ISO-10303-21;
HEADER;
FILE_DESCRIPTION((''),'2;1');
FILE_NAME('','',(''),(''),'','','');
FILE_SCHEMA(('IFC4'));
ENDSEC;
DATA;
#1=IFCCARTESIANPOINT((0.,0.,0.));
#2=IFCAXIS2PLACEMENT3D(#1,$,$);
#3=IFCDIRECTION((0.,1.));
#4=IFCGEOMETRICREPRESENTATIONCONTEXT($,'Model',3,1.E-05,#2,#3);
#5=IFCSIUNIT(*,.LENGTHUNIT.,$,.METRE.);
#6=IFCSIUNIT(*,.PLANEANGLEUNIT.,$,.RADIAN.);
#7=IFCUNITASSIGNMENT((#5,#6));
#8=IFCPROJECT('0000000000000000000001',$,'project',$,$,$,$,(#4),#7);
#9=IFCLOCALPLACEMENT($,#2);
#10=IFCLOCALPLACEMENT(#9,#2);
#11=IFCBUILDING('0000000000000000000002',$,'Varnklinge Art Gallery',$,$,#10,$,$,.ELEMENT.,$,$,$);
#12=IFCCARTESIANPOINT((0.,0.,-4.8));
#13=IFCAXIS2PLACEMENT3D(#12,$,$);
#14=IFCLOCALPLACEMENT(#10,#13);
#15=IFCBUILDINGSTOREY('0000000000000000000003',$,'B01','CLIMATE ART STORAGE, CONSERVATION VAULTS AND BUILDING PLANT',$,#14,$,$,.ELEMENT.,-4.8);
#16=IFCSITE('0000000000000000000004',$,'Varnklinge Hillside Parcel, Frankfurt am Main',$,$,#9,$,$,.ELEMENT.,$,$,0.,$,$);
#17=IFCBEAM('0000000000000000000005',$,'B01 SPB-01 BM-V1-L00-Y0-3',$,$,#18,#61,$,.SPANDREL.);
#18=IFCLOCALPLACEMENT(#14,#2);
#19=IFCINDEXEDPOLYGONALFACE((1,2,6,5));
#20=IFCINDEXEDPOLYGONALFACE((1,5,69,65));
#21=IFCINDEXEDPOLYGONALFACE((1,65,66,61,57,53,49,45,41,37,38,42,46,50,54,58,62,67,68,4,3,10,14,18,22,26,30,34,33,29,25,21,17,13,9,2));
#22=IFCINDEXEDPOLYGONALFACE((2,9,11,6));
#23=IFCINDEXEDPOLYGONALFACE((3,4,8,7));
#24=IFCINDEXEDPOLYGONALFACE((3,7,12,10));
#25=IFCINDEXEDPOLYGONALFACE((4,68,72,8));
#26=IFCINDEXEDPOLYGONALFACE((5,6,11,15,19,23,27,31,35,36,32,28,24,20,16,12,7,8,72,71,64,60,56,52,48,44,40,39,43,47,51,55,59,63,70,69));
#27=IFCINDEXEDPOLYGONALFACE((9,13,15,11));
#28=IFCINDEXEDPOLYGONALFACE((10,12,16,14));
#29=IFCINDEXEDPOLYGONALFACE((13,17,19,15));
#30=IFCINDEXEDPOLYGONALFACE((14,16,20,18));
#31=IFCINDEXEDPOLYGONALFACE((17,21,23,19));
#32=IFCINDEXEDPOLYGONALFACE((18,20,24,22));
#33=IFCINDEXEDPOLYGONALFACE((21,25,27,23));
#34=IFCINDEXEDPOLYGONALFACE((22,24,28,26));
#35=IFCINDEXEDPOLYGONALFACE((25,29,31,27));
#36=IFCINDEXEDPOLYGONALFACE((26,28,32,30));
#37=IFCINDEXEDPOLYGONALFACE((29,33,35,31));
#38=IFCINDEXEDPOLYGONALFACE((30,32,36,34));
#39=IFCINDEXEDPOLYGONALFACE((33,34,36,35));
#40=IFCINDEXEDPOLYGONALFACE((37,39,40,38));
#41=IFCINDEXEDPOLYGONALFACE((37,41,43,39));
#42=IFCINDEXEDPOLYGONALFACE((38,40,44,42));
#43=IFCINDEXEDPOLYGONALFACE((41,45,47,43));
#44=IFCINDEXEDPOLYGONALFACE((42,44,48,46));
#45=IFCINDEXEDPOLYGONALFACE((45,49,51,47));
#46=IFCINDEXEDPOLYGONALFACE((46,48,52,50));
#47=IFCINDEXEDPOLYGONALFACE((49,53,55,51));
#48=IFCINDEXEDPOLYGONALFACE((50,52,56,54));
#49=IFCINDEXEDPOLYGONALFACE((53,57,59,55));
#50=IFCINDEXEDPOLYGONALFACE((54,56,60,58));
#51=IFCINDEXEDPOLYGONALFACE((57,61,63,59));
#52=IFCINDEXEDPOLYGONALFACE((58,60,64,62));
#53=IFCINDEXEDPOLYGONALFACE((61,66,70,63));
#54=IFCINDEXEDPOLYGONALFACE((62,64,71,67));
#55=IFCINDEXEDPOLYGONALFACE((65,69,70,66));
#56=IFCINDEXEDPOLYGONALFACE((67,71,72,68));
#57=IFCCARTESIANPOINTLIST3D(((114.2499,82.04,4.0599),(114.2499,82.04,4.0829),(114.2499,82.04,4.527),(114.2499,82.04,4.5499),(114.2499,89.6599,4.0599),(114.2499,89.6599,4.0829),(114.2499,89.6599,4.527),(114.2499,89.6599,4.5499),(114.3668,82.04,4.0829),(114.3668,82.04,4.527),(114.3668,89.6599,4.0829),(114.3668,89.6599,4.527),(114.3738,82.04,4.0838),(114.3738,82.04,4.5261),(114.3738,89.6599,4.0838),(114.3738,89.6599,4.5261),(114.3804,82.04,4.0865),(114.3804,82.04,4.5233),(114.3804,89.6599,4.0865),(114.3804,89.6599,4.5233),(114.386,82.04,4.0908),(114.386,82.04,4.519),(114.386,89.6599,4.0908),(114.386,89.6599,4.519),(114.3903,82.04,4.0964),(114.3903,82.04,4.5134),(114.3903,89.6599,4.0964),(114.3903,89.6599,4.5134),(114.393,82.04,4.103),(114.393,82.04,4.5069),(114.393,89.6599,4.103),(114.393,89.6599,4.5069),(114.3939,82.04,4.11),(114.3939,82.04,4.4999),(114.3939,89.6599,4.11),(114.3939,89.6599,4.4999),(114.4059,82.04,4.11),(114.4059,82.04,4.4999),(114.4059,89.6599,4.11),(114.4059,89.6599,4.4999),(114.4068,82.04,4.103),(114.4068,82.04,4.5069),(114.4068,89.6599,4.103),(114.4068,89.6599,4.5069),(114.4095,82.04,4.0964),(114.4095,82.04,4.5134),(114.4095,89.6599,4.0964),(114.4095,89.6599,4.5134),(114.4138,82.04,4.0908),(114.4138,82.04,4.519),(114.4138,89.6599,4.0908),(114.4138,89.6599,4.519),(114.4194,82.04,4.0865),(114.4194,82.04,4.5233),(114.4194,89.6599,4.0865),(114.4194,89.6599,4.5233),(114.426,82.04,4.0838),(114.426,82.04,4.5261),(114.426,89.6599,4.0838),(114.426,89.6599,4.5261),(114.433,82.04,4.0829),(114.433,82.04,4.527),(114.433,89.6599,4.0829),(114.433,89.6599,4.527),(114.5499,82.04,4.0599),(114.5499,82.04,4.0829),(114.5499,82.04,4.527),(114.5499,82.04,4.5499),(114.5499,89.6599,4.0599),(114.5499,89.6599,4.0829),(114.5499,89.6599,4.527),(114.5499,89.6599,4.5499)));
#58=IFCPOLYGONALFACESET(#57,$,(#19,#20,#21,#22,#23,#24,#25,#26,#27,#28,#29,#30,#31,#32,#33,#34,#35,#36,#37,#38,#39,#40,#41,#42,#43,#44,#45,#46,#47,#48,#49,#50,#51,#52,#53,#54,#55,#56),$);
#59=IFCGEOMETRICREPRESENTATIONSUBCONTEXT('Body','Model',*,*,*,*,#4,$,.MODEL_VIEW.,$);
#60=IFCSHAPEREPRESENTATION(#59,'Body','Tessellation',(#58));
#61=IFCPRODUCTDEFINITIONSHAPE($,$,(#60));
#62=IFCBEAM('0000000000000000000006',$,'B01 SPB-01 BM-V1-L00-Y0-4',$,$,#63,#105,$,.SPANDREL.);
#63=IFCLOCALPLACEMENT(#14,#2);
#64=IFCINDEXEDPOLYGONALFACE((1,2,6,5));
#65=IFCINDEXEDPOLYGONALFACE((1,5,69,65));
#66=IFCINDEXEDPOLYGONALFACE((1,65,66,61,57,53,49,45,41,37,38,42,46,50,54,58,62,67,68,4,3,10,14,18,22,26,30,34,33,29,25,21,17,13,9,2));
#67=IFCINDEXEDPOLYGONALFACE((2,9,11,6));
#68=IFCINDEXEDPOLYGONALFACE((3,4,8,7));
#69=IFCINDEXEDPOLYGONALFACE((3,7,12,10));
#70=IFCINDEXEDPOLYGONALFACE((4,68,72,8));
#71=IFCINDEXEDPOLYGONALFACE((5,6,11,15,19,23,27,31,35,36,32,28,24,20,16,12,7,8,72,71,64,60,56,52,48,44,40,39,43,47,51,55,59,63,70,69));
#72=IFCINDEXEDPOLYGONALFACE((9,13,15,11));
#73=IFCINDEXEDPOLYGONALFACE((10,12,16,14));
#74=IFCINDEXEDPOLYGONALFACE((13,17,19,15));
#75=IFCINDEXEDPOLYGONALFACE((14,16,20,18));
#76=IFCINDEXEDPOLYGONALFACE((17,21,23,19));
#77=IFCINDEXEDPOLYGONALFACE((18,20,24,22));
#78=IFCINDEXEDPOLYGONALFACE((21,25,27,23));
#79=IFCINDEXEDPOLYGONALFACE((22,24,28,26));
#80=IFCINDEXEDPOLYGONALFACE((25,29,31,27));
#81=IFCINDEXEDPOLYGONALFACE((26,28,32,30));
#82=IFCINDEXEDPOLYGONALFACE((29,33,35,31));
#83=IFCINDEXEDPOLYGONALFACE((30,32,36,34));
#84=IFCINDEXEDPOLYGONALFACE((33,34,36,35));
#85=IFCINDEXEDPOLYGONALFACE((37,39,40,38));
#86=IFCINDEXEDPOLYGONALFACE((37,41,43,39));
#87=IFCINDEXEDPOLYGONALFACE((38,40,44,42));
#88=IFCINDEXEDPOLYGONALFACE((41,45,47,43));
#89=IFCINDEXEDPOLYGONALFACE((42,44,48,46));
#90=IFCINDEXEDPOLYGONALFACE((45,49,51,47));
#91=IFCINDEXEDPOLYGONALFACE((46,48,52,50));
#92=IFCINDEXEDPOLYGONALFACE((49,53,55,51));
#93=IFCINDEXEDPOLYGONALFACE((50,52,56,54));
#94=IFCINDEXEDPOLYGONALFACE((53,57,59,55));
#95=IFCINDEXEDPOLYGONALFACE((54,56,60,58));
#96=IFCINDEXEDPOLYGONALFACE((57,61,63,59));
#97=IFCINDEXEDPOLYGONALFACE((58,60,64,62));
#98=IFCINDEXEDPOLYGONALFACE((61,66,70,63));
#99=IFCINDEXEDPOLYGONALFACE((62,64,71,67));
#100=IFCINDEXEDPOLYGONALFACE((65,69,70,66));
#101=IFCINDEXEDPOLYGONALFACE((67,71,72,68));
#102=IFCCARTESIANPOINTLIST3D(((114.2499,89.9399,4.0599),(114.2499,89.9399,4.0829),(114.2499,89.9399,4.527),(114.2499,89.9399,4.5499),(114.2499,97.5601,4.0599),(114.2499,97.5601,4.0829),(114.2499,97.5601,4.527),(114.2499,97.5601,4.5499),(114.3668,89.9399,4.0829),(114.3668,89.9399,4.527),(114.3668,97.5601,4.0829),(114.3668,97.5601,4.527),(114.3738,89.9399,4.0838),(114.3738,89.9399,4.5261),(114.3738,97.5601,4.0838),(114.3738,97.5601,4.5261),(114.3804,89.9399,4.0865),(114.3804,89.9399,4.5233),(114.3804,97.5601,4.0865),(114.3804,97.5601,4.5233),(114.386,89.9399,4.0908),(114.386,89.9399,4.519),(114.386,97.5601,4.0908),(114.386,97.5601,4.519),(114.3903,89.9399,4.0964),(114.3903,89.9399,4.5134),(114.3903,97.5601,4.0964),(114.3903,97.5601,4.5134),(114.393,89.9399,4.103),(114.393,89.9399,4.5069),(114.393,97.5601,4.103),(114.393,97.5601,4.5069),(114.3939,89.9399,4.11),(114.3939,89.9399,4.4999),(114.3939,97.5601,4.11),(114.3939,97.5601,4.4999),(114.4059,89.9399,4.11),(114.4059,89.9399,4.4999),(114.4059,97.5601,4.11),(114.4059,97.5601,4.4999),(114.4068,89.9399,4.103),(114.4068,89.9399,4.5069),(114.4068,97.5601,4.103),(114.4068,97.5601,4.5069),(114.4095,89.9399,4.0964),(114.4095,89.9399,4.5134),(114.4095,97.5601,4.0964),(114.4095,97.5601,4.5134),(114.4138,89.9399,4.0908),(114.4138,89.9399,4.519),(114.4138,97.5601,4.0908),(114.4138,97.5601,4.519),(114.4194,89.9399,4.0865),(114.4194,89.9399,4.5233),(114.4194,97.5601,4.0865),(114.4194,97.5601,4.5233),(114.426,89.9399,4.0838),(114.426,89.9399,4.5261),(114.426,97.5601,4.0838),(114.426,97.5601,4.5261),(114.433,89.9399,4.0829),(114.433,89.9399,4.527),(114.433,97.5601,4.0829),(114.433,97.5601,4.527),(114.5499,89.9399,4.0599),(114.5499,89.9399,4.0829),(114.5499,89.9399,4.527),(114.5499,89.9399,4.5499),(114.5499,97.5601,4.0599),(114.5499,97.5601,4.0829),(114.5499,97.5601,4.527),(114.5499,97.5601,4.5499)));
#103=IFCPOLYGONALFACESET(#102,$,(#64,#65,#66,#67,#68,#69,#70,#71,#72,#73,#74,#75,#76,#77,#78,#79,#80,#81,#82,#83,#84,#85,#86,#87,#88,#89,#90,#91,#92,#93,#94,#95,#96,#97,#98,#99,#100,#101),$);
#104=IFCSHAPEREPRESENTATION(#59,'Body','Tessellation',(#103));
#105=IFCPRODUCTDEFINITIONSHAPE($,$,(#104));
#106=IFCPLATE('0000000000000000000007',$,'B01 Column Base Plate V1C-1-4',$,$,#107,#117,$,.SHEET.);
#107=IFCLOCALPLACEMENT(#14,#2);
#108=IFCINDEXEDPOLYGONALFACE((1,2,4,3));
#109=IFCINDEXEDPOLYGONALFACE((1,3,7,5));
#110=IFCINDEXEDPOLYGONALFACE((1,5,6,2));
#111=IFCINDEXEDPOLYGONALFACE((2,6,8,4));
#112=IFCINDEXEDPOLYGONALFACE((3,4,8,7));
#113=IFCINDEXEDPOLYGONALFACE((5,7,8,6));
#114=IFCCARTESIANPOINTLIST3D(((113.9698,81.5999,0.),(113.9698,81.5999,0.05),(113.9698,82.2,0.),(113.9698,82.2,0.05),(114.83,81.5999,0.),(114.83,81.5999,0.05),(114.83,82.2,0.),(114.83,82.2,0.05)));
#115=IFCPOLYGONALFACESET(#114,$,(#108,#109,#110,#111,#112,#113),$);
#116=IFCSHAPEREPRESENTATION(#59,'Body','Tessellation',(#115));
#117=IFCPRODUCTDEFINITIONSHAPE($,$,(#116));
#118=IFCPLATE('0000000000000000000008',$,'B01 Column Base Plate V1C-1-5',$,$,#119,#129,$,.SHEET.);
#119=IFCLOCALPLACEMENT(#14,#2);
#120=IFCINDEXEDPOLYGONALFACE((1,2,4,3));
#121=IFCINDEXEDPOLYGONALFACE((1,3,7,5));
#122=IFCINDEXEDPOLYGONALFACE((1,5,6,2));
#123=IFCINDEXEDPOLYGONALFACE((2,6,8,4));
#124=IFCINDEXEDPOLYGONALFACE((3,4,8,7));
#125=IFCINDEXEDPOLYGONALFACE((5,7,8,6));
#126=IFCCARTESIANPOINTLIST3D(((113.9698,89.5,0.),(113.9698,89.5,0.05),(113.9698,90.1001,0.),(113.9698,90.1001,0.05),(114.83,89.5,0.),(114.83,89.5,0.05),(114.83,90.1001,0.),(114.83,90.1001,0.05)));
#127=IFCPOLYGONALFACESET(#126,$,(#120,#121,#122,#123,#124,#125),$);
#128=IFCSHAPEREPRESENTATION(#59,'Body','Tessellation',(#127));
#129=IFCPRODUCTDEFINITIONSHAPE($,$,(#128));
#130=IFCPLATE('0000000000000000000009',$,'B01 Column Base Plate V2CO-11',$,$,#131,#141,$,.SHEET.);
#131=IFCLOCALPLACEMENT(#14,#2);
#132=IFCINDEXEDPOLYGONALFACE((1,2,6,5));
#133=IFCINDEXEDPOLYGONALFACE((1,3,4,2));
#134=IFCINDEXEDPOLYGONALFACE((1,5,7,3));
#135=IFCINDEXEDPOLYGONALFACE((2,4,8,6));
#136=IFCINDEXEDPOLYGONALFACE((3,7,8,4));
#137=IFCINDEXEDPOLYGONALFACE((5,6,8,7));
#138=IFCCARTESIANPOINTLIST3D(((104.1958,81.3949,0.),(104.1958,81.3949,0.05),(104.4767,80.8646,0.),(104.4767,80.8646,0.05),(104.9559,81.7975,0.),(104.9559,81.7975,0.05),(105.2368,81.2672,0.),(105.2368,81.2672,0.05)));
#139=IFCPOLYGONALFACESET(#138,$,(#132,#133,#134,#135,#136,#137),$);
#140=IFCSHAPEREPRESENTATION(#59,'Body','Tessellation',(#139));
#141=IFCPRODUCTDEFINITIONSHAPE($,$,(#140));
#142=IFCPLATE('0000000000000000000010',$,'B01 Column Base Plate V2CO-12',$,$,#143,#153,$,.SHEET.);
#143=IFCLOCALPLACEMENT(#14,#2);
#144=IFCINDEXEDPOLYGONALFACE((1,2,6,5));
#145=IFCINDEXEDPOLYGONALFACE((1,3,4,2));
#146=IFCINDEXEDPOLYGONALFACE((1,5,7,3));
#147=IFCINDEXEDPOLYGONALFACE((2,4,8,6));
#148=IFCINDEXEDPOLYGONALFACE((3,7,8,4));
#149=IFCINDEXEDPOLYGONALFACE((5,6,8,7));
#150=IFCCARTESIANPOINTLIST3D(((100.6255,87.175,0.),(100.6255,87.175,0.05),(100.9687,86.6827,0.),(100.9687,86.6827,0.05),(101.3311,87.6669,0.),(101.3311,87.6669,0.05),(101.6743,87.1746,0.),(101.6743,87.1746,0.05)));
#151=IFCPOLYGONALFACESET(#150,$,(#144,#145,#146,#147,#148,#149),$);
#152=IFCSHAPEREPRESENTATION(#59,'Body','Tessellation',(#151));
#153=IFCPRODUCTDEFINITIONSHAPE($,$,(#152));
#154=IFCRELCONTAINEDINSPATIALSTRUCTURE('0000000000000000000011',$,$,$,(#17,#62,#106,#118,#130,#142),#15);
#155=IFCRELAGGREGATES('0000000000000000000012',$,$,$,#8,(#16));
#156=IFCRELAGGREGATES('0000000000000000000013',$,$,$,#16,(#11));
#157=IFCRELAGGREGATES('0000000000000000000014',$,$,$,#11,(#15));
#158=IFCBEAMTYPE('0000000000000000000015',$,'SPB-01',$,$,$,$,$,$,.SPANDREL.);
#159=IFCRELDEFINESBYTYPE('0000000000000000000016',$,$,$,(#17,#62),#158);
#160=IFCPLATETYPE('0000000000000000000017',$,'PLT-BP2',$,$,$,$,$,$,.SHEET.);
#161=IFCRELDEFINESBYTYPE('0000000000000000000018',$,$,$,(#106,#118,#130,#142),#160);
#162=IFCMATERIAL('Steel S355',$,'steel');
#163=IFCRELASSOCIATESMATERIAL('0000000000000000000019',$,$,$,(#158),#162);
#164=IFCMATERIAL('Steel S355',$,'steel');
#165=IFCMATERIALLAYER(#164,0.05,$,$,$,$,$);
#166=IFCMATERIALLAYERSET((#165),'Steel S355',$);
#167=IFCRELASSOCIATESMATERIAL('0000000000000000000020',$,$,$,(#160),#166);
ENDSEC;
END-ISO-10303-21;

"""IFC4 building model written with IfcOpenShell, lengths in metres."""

from ifc_helpers import new_model, si_unit, direction, frame, origin, origin_2d, place, context, subcontext, project, spatial, rectangle, i_section, extrude, material, layer, layer_set, material_profile, profile_set, type_object, element, save


model = new_model("IFC4")

# Units and contexts
model_context = context("Model", 3, precision=1e-05, world=origin(), true_north=direction((0.0, 1.0)))
body_context = subcontext(model_context, "Body", "Model", "MODEL_VIEW")
ifc_project = project(units=[si_unit("LENGTHUNIT", "METRE"), si_unit("PLANEANGLEUNIT", "RADIAN")], contexts=[model_context])

# Site, building, storey
site_placement = place(None, origin())
site = spatial("IfcSite", under=ifc_project, at=site_placement, Name="Varnklinge Hillside Parcel, Frankfurt am Main", CompositionType="ELEMENT", RefElevation=0.0)
building_placement = place(site_placement, origin())
building = spatial("IfcBuilding", under=site, at=building_placement, Name="Varnklinge Art Gallery", CompositionType="ELEMENT")
storey_placement = place(building_placement, frame((0.0, 0.0, -4.8)))
storey = spatial("IfcBuildingStorey", under=building, at=storey_placement, Name="B01", Description="CLIMATE ART STORAGE, CONSERVATION VAULTS AND BUILDING PLANT", CompositionType="ELEMENT", Elevation=-4.8)

# Beams
ifc_material_1 = material(Name="Steel S355", Category="steel")
ifc_material_profile_1 = material_profile(ifc_material_1, i_section(OverallWidth=0.3, OverallDepth=0.49, WebThickness=0.012, FlangeThickness=0.0229, FilletRadius=0.0271, at=origin_2d()), Name="HEA 500")
ifc_profile_set_1 = profile_set([ifc_material_profile_1], Name="Steel S355")
beam_type_1 = type_object("IfcBeamType", Name="SPB-01", PredefinedType="SPANDREL", material=ifc_profile_set_1)
beam_1_placement = place(storey_placement, frame((114.3999, 82.04, 4.3049), z_axis=(0.0, 1.0, 0.0), x_axis=(-1.0, 0.0, 0.0)))
element("IfcBeam", 1, at=beam_1_placement, inside=storey, type_object=beam_type_1, Name="B01 SPB-01 BM-V1-L00-Y0-3", PredefinedType="SPANDREL", context=body_context, shape_type="SweptSolid", body=[
    extrude(i_section(OverallWidth=0.3, OverallDepth=0.49, WebThickness=0.012, FlangeThickness=0.0229, FilletRadius=0.0271, at=origin_2d()), origin(), (0.0, 0.0, 1.0), 7.6199),
])
beam_2_placement = place(storey_placement, frame((114.3999, 89.9399, 4.3049), z_axis=(0.0, 1.0, 0.0), x_axis=(-1.0, 0.0, 0.0)))
element("IfcBeam", 2, at=beam_2_placement, inside=storey, type_object=beam_type_1, Name="B01 SPB-01 BM-V1-L00-Y0-4", PredefinedType="SPANDREL", context=body_context, shape_type="SweptSolid", body=[
    extrude(i_section(OverallWidth=0.3, OverallDepth=0.49, WebThickness=0.012, FlangeThickness=0.0229, FilletRadius=0.0271, at=origin_2d()), origin(), (0.0, 0.0, 1.0), 7.6201),
])

# Plates
ifc_material_2 = material(Name="Steel S355", Category="steel")
ifc_layer = layer(ifc_material_2, 0.05)
ifc_layer_set = layer_set([ifc_layer], Name="Steel S355")
plate_type = type_object("IfcPlateType", Name="PLT-BP2", PredefinedType="SHEET", material=ifc_layer_set)
for number, where, z_axis, x_axis, name in (
    (3, (114.3999, 81.8999, 0.0), (0.0, 0.0, 1.0), (1.0, 0.0, 0.0), "B01 Column Base Plate V1C-1-4"),
    (4, (114.3999, 89.8, 0.0), (0.0, 0.0, 1.0), (1.0, 0.0, 0.0), "B01 Column Base Plate V1C-1-5"),
    (5, (104.7163, 81.3311, 0.0), (0.0, 0.0, 1.0), (-0.883684, -0.468084, 0.0), "B01 Column Base Plate V2CO-11"),
    (6, (101.1499, 87.1748, 0.0), (0.0, 0.0, 1.0), (-0.820352, -0.57186, 0.0), "B01 Column Base Plate V2CO-12"),
):
    element("IfcPlate", number, at=place(storey_placement, frame(where, z_axis=z_axis, x_axis=x_axis)), inside=storey, type_object=plate_type, Name=name, PredefinedType="SHEET", context=body_context, shape_type="SweptSolid", body=[
        extrude(rectangle(XDim=0.8601, YDim=0.6001, at=origin_2d()), origin(), (0.0, 0.0, 1.0), 0.05),
    ])

save(model, "model.ifc")
